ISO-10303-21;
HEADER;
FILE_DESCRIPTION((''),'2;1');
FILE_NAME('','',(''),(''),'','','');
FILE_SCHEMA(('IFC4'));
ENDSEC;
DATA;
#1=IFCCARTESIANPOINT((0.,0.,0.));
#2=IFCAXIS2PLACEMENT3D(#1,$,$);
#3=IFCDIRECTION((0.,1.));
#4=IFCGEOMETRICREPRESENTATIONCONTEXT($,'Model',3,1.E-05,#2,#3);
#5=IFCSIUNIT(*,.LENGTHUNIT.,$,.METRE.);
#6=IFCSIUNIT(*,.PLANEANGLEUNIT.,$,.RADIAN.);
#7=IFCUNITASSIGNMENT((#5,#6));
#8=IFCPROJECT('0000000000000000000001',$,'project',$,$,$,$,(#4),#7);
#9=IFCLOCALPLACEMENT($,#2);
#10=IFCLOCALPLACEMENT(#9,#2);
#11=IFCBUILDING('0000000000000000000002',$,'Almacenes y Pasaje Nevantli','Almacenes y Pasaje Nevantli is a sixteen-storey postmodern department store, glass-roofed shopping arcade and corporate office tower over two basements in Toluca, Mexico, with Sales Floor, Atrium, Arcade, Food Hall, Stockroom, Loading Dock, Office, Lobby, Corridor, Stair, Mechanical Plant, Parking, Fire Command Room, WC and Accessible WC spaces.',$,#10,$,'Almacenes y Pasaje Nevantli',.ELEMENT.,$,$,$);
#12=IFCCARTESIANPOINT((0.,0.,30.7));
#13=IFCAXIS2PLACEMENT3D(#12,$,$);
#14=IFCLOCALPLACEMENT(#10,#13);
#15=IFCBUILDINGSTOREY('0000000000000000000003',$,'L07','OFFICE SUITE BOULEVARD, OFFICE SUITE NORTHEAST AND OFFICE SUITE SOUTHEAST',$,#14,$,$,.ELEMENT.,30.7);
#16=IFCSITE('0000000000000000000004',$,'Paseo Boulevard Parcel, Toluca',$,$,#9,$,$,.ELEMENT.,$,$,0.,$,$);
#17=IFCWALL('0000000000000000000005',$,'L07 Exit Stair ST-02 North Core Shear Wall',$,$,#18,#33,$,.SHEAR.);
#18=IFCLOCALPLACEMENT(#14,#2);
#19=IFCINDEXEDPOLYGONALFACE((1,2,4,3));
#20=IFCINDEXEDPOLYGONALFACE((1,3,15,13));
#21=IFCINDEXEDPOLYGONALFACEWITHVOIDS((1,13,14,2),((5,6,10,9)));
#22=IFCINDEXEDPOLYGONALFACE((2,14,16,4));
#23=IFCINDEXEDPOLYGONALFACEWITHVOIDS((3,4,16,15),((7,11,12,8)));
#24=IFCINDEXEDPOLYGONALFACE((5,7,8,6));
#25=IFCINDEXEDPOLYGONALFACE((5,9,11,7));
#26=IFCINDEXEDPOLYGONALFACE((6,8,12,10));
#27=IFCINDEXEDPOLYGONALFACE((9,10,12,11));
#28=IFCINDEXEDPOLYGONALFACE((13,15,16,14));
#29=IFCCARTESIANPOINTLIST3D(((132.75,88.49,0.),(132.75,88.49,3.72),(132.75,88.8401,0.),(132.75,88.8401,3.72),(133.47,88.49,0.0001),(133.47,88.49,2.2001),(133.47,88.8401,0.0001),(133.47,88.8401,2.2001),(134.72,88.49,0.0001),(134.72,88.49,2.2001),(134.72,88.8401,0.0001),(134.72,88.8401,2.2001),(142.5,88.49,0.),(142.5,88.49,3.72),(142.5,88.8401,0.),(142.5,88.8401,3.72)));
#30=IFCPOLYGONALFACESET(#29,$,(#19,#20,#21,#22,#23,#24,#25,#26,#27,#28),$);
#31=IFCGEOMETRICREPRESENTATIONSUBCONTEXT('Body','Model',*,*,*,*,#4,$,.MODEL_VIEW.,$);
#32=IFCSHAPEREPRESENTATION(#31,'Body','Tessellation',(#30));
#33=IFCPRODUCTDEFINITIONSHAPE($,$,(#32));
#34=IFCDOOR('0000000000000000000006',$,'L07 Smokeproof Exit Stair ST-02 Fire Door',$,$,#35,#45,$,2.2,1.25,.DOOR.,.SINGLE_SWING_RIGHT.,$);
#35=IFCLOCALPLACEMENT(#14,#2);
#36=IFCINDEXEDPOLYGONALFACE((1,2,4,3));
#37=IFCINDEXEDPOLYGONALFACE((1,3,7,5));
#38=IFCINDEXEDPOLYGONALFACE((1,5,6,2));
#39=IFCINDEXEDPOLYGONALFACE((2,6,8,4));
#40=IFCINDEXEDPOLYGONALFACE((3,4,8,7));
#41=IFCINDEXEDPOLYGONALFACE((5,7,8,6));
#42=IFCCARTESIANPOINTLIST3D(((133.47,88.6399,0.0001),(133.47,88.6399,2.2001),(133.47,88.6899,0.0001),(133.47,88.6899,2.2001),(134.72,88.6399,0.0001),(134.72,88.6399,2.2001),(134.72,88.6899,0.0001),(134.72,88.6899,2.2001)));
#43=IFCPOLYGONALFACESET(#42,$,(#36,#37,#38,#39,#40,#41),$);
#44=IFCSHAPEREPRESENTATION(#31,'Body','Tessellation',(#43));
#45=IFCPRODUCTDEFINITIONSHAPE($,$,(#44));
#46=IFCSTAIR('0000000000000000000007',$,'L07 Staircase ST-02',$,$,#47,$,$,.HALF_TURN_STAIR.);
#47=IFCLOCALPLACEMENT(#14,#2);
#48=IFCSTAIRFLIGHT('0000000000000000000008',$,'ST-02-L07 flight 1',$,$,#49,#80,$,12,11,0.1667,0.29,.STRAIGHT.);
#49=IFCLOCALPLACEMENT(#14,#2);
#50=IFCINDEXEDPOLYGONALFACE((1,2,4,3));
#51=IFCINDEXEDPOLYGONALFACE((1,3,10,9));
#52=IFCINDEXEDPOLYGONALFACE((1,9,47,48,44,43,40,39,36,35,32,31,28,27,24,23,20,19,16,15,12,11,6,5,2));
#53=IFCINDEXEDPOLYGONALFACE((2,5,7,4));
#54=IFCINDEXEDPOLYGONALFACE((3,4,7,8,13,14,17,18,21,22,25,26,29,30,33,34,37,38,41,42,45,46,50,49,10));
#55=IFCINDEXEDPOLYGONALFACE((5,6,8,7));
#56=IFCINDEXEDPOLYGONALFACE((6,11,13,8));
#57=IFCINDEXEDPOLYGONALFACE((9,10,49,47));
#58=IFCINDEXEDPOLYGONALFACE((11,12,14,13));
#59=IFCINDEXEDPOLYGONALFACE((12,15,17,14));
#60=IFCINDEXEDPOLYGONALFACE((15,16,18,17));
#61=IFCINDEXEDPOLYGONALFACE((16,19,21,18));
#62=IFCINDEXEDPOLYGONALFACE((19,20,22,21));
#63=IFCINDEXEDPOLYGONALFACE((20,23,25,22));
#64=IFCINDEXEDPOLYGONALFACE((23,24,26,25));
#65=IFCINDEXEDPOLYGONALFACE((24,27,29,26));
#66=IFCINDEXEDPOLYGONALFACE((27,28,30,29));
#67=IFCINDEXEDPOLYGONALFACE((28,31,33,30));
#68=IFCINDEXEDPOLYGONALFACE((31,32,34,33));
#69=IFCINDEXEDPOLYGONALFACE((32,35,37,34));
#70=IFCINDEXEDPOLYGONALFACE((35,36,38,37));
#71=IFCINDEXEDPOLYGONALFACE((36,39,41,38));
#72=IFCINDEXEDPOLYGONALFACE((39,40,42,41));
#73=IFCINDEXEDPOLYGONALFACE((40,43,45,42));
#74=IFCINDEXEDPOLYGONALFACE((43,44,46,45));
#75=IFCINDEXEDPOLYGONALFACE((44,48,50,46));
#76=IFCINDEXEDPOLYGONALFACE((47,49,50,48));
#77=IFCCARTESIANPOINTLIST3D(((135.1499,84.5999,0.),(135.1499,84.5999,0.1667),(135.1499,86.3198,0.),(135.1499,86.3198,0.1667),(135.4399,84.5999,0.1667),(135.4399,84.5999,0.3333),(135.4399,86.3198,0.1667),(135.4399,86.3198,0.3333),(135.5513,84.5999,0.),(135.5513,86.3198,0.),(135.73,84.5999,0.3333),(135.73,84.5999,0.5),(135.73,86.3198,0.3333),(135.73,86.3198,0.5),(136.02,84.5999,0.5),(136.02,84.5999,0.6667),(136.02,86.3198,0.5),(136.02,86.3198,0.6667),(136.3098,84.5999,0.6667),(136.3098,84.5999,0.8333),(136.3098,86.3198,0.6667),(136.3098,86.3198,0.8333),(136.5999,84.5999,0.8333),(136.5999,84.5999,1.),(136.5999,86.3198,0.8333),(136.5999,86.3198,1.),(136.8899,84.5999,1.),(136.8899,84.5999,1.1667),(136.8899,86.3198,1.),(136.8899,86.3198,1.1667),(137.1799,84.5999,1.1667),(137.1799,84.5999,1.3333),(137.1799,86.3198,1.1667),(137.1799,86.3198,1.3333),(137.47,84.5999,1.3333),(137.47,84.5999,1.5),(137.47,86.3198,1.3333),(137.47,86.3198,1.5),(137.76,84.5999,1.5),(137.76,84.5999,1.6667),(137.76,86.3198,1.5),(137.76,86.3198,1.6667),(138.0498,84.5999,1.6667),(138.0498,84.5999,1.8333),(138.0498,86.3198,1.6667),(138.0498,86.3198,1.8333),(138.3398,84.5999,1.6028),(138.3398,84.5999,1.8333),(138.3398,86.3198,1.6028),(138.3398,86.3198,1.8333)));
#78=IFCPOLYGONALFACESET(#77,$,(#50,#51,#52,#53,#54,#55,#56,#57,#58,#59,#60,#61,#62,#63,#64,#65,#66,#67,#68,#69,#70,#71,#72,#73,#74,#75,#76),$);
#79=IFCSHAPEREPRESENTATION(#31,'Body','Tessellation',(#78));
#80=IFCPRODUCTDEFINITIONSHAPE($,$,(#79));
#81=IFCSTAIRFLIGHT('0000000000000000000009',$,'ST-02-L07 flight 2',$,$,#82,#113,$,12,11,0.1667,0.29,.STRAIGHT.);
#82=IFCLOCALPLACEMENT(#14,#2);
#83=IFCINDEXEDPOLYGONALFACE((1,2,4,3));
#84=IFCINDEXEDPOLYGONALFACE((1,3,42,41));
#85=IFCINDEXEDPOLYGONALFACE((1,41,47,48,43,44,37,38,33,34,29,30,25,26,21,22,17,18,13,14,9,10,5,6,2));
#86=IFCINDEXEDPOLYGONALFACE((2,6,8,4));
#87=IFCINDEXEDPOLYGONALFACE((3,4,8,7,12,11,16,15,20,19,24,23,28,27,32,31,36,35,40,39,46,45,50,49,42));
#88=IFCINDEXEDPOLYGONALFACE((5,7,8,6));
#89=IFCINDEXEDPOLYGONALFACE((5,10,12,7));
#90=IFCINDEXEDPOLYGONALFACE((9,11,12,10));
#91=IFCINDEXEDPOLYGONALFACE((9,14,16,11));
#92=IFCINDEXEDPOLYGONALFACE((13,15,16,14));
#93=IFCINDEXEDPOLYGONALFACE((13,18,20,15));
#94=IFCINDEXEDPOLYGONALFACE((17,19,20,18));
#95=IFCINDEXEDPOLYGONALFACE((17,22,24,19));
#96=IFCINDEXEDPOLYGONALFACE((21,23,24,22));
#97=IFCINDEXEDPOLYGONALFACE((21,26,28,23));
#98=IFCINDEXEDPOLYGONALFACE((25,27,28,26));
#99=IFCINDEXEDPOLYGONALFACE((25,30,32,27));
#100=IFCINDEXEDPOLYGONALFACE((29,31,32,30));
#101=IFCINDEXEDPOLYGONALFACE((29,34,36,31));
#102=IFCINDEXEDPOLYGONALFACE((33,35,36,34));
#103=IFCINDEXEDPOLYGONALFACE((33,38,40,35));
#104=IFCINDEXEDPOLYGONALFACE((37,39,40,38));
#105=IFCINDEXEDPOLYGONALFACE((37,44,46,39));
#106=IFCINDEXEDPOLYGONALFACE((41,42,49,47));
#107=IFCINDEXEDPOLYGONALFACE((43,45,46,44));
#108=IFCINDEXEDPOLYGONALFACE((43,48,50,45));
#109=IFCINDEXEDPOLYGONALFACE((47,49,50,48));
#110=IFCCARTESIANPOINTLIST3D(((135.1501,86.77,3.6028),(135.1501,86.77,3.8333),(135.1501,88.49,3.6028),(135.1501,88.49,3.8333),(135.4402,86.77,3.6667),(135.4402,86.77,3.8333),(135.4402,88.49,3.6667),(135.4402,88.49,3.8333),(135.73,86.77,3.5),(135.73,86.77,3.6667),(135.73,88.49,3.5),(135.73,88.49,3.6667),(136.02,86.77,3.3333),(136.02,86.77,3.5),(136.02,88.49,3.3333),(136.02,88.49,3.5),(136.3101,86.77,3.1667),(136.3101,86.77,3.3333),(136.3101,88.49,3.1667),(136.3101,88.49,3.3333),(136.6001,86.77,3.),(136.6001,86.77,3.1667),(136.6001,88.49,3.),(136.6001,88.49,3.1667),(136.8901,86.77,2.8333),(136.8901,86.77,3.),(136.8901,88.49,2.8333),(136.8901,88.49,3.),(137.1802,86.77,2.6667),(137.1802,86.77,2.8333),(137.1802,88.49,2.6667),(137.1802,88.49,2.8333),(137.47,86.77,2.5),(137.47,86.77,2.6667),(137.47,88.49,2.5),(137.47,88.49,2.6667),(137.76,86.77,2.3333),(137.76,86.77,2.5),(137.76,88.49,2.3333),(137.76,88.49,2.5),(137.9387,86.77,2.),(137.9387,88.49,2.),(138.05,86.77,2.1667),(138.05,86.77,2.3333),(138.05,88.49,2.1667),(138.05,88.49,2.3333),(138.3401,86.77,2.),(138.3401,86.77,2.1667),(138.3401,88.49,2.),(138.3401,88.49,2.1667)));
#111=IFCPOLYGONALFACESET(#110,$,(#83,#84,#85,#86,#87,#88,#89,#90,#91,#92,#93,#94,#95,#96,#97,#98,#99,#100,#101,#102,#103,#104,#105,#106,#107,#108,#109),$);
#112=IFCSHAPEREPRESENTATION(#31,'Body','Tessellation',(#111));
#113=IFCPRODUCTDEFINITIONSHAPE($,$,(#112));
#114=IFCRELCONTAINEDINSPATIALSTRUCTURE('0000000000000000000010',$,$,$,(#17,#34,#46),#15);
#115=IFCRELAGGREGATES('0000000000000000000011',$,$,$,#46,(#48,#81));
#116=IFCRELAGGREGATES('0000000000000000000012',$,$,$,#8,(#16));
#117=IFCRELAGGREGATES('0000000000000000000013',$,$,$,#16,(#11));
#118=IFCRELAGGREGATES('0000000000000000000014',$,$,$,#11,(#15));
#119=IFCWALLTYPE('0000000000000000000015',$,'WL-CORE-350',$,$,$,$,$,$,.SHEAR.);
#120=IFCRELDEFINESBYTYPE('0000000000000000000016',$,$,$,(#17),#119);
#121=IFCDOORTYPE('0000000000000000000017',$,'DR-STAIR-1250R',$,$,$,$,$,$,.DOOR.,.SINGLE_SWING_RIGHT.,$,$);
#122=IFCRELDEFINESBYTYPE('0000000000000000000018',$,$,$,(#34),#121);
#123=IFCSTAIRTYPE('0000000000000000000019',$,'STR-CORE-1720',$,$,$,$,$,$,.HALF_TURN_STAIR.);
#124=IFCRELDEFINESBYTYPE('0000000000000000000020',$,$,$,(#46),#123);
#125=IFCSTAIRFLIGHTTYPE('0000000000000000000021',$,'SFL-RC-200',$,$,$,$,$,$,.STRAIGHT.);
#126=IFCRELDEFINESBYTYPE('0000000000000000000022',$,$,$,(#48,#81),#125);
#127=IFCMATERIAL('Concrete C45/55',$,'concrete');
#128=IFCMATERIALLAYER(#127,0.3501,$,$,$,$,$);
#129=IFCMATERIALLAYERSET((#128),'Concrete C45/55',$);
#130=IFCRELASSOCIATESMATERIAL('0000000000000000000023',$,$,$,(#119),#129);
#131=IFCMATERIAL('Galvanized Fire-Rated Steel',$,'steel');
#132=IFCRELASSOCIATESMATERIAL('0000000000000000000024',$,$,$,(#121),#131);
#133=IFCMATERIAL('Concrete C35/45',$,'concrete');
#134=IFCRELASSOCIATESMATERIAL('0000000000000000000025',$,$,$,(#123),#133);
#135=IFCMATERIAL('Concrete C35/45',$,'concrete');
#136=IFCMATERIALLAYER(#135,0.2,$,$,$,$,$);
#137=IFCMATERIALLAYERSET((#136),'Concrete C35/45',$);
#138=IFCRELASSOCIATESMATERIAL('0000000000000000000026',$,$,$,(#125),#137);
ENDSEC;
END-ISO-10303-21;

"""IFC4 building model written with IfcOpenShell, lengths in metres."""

from ifc_helpers import new_model, si_unit, direction, frame, frame_2d, origin, place, context, subcontext, project, spatial, polyline, rectangle, outline, extrude, material, layer, layer_set, type_object, element, fill, aggregate, save


model = new_model("IFC4")

# Units and contexts
model_context = context("Model", 3, precision=1e-05, world=origin(), true_north=direction((0.0, 1.0)))
body_context = subcontext(model_context, "Body", "Model", "MODEL_VIEW")
ifc_project = project(units=[si_unit("LENGTHUNIT", "METRE"), si_unit("PLANEANGLEUNIT", "RADIAN")], contexts=[model_context])

# Site, building, storey
site_placement = place(None, origin())
site = spatial("IfcSite", under=ifc_project, at=site_placement, Name="Paseo Boulevard Parcel, Toluca", CompositionType="ELEMENT", RefElevation=0.0)
building_placement = place(site_placement, origin())
building = spatial("IfcBuilding", under=site, at=building_placement, Name="Almacenes y Pasaje Nevantli", Description="Almacenes y Pasaje Nevantli is a sixteen-storey postmodern department store, glass-roofed shopping arcade and corporate office tower over two basements in Toluca, Mexico, with Sales Floor, Atrium, Arcade, Food Hall, Stockroom, Loading Dock, Office, Lobby, Corridor, Stair, Mechanical Plant, Parking, Fire Command Room, WC and Accessible WC spaces.", LongName="Almacenes y Pasaje Nevantli", CompositionType="ELEMENT")
storey_placement = place(building_placement, frame((0.0, 0.0, 30.7)))
storey = spatial("IfcBuildingStorey", under=building, at=storey_placement, Name="L07", Description="OFFICE SUITE BOULEVARD, OFFICE SUITE NORTHEAST AND OFFICE SUITE SOUTHEAST", CompositionType="ELEMENT", Elevation=30.7)

# Wall, opening, door
ifc_material_1 = material(Name="Concrete C45/55", Category="concrete")
ifc_layer_1 = layer(ifc_material_1, 0.3501)
ifc_layer_set_1 = layer_set([ifc_layer_1], Name="Concrete C45/55")
wall_type = type_object("IfcWallType", Name="WL-CORE-350", PredefinedType="SHEAR", material=ifc_layer_set_1)
wall_placement = place(storey_placement, frame((132.75, 88.665, 0.0), z_axis=(0.0, 0.0, 1.0), x_axis=(1.0, 0.0, 0.0)))
wall = element("IfcWall", 1, at=wall_placement, inside=storey, type_object=wall_type, Name="L07 Exit Stair ST-02 North Core Shear Wall", PredefinedType="SHEAR", context=body_context, shape_type="SweptSolid", body=[
    extrude(rectangle(XDim=9.75, YDim=0.3501, at=frame_2d((4.875, 0.0))), origin(), (0.0, 0.0, 1.0), 3.72),
])
opening_placement = place(wall_placement, frame((0.72, 0.0, 0.0)))
opening = element("IfcOpeningElement", 2, at=opening_placement, cuts=wall, PredefinedType="OPENING", context=body_context, shape_type="SweptSolid", body=[
    extrude(rectangle(XDim=1.25, YDim=2.2, at=frame_2d((0.625, 1.1001))), frame((0.0, 0.1851, 0.0), z_axis=(0.0, -1.0, 0.0), x_axis=(1.0, 0.0, 0.0)), (0.0, 0.0, 1.0), 0.3701),
])
ifc_material_2 = material(Name="Galvanized Fire-Rated Steel", Category="steel")
door_type = type_object("IfcDoorType", Name="DR-STAIR-1250R", OperationType="SINGLE_SWING_RIGHT", PredefinedType="DOOR", material=ifc_material_2)
door_placement = place(opening_placement, origin())
door = element("IfcDoor", 3, at=door_placement, inside=storey, type_object=door_type, Name="L07 Smokeproof Exit Stair ST-02 Fire Door", OperationType="SINGLE_SWING_RIGHT", OverallHeight=2.2, OverallWidth=1.25, PredefinedType="DOOR", context=body_context, shape_type="SweptSolid", body=[
    extrude(rectangle(XDim=1.25, YDim=2.2, at=frame_2d((0.625, 1.1001))), frame((0.0, 0.0249, 0.0), z_axis=(0.0, -1.0, 0.0), x_axis=(1.0, 0.0, 0.0)), (0.0, 0.0, 1.0), 0.05),
])
fill(opening, door)

# Stair, stair flights
ifc_material_3 = material(Name="Concrete C35/45", Category="concrete")
stair_type = type_object("IfcStairType", Name="STR-CORE-1720", PredefinedType="HALF_TURN_STAIR", material=ifc_material_3)
stair_placement = place(storey_placement, origin())
stair = element("IfcStair", 4, at=stair_placement, inside=storey, type_object=stair_type, Name="L07 Staircase ST-02", PredefinedType="HALF_TURN_STAIR")
ifc_material_4 = material(Name="Concrete C35/45", Category="concrete")
ifc_layer_2 = layer(ifc_material_4, 0.2)
ifc_layer_set_2 = layer_set([ifc_layer_2], Name="Concrete C35/45")
stair_flight_type = type_object("IfcStairFlightType", Name="SFL-RC-200", PredefinedType="STRAIGHT", material=ifc_layer_set_2)
stair_flight_1_placement = place(storey_placement, frame((135.1499, 85.46, 0.0), z_axis=(0.0, 0.0, 1.0), x_axis=(1.0, 0.0, 0.0)))
stair_flight_1 = element("IfcStairFlight", 5, at=stair_flight_1_placement, type_object=stair_flight_type, Name="ST-02-L07 flight 1", NumberOfRisers=12, NumberOfTreads=11, PredefinedType="STRAIGHT", RiserHeight=0.1667, TreadLength=0.29, context=body_context, shape_type="SweptSolid", body=[
    extrude(outline(polyline([(0.0, 0.0), (0.0, 0.1667), (0.29, 0.1667), (0.29, 0.3333), (0.5801, 0.3333), (0.5801, 0.5), (0.8701, 0.5), (0.8701, 0.6667), (1.1599, 0.6667), (1.1599, 0.8333), (1.45, 0.8333), (1.45, 1.0), (1.74, 1.0), (1.74, 1.1667), (2.03, 1.1667), (2.03, 1.3333), (2.3201, 1.3333), (2.3201, 1.5), (2.6101, 1.5), (2.6101, 1.6667), (2.8999, 1.6667), (2.8999, 1.8333), (3.1899, 1.8333), (3.1899, 2.0), (3.1899, 1.6028), (0.4014, 0.0), (0.0, 0.0)])), frame((0.0, 0.8599, 0.0), z_axis=(0.0, -1.0, 0.0), x_axis=(1.0, 0.0, 0.0)), (0.0, 0.0, 1.0), 1.72),
])
stair_flight_2_placement = place(storey_placement, frame((138.3401, 87.6299, 2.0), z_axis=(0.0, 0.0, 1.0), x_axis=(-1.0, 0.0, 0.0)))
stair_flight_2 = element("IfcStairFlight", 6, at=stair_flight_2_placement, type_object=stair_flight_type, Name="ST-02-L07 flight 2", NumberOfRisers=12, NumberOfTreads=11, PredefinedType="STRAIGHT", RiserHeight=0.1667, TreadLength=0.29, context=body_context, shape_type="SweptSolid", body=[
    extrude(outline(polyline([(0.0, 0.0), (0.0, 0.1667), (0.29, 0.1667), (0.29, 0.3333), (0.5801, 0.3333), (0.5801, 0.5), (0.8701, 0.5), (0.8701, 0.6667), (1.1599, 0.6667), (1.1599, 0.8333), (1.45, 0.8333), (1.45, 1.0), (1.74, 1.0), (1.74, 1.1667), (2.03, 1.1667), (2.03, 1.3333), (2.3201, 1.3333), (2.3201, 1.5), (2.6101, 1.5), (2.6101, 1.6667), (2.8999, 1.6667), (2.8999, 1.8333), (3.1899, 1.8333), (3.1899, 2.0), (3.1899, 1.6028), (0.4014, 0.0), (0.0, 0.0)])), frame((0.0, 0.8599, 0.0), z_axis=(0.0, -1.0, 0.0), x_axis=(1.0, 0.0, 0.0)), (0.0, 0.0, 1.0), 1.72),
])
aggregate(stair, [stair_flight_1, stair_flight_2])

save(model, "model.ifc")
